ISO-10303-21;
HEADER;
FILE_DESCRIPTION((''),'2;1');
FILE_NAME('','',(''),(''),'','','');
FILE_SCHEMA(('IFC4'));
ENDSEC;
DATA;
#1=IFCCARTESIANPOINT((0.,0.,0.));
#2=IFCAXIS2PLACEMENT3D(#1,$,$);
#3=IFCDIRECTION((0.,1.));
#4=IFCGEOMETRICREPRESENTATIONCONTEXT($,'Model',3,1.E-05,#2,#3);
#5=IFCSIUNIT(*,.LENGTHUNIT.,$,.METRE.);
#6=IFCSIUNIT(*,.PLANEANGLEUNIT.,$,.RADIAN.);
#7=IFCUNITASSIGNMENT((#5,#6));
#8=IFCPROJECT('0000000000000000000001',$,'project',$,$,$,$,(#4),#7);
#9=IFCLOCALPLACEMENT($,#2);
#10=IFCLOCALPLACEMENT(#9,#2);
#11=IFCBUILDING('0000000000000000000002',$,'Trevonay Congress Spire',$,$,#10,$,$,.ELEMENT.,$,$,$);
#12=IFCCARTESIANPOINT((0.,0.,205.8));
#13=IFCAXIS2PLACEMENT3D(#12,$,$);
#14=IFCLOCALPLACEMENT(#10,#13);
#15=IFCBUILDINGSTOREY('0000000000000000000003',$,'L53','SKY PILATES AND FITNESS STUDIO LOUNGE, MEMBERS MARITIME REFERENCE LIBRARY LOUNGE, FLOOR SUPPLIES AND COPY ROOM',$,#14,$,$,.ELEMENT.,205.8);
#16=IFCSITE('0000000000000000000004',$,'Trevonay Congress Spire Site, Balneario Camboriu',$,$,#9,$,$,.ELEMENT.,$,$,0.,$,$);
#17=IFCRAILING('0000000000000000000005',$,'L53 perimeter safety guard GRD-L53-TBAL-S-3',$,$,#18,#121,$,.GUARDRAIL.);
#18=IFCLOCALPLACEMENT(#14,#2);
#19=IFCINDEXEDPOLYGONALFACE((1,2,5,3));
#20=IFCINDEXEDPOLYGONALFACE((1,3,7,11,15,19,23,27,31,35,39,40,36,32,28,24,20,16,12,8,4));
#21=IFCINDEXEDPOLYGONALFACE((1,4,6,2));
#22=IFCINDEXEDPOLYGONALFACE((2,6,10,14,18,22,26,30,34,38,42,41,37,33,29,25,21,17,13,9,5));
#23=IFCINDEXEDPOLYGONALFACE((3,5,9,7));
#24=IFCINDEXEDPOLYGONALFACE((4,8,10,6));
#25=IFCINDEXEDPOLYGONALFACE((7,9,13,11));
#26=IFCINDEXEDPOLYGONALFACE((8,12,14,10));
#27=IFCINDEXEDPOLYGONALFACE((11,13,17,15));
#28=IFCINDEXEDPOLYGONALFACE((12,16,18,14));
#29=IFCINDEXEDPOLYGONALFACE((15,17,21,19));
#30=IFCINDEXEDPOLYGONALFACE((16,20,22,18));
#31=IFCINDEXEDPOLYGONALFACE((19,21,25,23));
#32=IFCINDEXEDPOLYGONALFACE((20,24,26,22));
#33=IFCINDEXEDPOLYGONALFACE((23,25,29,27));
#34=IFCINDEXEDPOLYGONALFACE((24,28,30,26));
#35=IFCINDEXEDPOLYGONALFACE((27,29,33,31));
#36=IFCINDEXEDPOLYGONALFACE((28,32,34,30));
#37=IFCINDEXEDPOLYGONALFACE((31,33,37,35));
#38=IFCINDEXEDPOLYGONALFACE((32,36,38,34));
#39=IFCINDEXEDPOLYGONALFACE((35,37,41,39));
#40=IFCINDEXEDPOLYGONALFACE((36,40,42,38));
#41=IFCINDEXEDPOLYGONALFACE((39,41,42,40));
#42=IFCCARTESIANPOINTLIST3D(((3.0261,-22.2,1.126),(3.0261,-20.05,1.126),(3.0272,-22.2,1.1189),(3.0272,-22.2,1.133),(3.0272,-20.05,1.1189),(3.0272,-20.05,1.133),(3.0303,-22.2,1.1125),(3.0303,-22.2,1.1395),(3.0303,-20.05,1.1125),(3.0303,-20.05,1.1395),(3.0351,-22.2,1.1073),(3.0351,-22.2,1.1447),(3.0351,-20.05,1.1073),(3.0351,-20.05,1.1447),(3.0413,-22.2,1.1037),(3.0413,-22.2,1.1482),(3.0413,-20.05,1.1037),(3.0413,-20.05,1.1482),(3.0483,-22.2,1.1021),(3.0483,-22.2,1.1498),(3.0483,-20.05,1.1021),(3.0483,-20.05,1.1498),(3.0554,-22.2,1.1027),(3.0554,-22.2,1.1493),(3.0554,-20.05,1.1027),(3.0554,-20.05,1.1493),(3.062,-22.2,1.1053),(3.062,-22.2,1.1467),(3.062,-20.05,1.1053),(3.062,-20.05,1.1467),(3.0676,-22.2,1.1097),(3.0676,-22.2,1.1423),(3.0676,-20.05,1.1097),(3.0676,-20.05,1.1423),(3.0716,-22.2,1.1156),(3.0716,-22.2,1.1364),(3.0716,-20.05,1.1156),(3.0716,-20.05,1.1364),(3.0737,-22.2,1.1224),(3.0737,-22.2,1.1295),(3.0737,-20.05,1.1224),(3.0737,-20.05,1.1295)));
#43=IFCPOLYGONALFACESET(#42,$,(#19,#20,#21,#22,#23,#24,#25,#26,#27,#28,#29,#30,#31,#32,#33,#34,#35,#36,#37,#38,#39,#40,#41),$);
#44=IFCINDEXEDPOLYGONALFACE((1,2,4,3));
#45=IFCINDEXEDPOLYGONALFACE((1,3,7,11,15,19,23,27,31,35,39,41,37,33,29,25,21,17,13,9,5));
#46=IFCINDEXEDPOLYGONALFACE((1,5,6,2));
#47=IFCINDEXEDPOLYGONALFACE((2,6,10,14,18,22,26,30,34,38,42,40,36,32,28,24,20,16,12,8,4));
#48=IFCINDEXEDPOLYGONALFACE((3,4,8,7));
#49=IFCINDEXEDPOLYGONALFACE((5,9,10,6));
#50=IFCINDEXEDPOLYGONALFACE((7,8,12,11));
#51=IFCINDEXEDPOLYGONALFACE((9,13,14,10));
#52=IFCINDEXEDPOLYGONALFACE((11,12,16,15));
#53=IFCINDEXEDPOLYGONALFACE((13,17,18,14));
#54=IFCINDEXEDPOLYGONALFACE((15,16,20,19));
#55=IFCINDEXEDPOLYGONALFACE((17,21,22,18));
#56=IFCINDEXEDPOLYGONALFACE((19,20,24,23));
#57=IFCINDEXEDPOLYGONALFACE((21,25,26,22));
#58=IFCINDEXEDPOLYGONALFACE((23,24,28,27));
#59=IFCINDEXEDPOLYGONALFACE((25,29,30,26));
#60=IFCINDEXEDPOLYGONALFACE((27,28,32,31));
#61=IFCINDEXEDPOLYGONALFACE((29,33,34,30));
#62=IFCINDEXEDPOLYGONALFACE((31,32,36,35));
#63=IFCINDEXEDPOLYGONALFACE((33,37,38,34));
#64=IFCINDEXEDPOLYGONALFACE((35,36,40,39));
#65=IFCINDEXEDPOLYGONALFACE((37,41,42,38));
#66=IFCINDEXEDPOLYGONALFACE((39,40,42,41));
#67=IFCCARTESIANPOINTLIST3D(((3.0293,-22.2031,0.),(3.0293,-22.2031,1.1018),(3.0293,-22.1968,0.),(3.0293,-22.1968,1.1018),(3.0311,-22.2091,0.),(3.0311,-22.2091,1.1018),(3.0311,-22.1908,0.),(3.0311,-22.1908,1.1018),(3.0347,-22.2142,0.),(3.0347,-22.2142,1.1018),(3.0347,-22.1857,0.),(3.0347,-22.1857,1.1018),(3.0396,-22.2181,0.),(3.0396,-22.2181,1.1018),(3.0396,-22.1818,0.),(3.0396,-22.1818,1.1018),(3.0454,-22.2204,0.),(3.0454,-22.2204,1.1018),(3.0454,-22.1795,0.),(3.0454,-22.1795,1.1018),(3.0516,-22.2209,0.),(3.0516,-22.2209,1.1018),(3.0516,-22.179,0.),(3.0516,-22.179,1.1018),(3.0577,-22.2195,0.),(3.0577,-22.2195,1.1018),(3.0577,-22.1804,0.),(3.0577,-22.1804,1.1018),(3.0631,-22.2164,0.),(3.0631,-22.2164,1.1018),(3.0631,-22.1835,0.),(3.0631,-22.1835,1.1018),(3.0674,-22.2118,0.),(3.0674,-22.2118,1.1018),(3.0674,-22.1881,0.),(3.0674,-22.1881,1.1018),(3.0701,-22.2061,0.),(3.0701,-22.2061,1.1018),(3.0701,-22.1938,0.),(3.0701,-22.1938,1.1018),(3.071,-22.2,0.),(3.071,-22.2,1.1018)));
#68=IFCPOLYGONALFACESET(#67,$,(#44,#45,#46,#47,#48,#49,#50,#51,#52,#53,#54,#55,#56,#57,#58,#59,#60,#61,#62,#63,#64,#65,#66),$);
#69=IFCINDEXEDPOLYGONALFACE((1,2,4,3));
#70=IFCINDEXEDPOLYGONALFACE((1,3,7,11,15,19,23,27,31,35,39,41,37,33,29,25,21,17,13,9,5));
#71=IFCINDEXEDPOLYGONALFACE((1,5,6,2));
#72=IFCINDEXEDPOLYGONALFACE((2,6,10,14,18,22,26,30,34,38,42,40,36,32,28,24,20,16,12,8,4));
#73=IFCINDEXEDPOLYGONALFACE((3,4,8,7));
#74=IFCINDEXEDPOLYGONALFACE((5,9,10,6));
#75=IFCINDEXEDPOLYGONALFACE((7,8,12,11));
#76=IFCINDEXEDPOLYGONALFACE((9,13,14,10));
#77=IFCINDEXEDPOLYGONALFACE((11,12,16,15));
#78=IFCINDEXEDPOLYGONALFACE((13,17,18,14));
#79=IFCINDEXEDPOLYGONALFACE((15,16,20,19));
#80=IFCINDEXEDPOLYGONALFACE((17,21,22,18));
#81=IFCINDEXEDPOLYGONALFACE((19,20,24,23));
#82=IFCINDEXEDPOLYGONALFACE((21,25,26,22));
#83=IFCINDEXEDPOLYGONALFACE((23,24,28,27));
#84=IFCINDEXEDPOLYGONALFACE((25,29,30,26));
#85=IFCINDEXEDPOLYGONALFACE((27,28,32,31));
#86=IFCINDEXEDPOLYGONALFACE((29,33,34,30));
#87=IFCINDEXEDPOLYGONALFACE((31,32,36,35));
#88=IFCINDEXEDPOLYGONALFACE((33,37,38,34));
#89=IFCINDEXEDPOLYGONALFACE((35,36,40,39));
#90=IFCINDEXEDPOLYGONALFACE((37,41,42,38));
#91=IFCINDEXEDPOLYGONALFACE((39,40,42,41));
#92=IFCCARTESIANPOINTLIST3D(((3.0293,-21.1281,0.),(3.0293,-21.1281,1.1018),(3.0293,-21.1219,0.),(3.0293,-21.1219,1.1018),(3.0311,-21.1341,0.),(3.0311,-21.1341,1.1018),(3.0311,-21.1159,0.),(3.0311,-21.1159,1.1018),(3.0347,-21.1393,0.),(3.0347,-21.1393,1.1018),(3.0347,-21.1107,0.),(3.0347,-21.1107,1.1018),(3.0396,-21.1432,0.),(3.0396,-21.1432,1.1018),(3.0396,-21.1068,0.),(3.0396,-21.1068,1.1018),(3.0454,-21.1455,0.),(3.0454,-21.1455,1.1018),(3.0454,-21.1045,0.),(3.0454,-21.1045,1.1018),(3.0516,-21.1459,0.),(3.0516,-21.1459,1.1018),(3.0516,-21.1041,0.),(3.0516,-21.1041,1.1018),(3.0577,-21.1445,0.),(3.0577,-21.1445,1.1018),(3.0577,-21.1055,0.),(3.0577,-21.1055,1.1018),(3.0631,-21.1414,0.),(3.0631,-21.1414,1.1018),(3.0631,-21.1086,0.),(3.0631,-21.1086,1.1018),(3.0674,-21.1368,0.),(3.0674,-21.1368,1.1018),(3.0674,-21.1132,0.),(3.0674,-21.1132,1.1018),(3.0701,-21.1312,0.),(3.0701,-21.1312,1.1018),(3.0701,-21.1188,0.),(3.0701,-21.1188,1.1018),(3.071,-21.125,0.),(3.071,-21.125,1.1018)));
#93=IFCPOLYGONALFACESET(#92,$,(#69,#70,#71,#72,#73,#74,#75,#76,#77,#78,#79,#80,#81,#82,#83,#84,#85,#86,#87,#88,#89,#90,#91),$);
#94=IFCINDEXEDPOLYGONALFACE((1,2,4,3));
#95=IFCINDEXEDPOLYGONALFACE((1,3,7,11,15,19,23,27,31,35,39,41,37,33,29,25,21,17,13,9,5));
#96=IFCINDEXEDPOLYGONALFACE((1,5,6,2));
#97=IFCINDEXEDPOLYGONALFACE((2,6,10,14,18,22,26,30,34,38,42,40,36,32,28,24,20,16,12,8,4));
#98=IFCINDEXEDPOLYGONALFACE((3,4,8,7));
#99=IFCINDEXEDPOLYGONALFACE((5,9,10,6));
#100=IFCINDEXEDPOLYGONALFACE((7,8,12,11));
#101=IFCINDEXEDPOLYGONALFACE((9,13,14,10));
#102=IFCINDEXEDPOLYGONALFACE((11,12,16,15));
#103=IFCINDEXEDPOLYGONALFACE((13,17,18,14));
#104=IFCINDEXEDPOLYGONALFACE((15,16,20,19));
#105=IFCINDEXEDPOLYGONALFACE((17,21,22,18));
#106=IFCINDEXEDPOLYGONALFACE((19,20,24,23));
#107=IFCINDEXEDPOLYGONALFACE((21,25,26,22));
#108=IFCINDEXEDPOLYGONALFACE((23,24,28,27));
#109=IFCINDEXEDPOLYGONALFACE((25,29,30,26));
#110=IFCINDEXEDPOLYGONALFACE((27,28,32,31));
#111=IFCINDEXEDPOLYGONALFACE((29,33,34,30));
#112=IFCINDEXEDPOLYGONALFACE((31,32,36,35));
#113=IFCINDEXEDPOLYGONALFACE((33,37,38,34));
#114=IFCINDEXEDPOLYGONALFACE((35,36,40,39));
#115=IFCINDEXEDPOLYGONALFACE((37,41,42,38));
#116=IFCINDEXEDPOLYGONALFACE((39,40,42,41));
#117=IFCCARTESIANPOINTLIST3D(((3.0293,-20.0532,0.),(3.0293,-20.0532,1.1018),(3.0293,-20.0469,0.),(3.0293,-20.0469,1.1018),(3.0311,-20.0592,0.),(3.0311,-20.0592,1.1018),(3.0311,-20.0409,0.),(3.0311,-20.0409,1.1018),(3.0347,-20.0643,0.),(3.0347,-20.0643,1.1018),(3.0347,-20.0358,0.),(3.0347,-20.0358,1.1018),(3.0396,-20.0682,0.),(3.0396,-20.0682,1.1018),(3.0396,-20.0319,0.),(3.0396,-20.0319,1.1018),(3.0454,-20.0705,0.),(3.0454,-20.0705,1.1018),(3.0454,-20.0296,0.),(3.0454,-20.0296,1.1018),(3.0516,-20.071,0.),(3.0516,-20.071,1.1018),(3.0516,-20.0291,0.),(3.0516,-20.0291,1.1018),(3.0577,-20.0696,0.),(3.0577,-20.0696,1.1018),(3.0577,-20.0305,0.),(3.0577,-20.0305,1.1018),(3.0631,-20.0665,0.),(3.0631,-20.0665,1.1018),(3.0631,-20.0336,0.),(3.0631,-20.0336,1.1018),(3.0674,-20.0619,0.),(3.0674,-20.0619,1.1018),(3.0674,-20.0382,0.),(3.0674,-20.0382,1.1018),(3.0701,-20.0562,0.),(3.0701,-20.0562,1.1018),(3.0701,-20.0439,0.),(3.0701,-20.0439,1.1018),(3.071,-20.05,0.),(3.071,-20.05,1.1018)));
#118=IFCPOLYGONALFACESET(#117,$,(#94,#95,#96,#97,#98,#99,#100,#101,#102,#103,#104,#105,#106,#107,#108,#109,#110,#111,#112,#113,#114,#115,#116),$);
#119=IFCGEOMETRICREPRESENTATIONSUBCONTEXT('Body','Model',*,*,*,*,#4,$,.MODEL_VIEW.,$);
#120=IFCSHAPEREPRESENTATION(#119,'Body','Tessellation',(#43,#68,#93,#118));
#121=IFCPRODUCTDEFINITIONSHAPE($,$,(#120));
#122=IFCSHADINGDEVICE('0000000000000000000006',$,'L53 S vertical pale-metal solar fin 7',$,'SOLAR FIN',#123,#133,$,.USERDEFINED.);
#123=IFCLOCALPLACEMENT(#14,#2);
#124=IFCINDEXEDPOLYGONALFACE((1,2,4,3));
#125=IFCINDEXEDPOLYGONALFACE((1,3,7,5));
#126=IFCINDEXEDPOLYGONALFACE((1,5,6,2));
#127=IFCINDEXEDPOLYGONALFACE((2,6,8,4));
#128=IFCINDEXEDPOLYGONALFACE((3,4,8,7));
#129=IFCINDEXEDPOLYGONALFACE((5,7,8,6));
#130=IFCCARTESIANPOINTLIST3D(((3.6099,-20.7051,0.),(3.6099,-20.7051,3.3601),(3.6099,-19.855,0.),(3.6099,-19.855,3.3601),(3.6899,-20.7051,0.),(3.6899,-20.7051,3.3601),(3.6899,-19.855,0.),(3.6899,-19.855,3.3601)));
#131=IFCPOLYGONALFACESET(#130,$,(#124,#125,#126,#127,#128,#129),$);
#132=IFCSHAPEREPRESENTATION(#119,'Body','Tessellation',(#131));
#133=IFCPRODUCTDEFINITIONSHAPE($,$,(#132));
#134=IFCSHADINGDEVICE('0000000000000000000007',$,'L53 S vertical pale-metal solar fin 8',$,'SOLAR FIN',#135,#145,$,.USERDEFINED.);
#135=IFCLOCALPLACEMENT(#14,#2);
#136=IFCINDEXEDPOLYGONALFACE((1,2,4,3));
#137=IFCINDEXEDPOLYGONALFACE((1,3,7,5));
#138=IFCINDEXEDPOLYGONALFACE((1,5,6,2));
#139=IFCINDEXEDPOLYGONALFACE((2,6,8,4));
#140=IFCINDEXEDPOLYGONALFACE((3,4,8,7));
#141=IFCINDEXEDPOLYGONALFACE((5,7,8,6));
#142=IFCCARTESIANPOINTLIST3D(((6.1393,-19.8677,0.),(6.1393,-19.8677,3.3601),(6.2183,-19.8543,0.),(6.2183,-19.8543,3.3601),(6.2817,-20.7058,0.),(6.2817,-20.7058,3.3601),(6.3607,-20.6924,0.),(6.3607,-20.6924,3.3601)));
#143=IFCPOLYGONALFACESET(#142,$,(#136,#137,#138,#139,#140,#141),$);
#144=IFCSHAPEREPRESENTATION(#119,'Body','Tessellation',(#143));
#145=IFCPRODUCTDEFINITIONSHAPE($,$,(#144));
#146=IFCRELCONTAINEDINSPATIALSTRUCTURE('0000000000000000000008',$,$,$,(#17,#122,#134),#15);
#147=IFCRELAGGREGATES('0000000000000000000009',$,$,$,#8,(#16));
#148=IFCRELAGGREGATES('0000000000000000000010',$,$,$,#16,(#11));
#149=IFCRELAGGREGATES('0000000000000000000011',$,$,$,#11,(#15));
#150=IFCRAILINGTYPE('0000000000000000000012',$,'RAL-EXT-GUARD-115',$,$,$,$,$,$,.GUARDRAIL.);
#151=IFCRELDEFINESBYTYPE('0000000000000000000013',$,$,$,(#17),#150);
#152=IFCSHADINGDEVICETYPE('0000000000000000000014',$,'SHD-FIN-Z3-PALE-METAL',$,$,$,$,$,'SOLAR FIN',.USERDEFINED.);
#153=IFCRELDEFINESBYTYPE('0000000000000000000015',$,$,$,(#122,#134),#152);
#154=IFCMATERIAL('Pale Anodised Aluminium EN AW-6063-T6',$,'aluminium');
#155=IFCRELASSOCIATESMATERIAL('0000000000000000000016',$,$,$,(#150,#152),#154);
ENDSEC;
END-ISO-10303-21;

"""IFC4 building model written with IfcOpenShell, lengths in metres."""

from ifc_helpers import new_model, si_unit, direction, frame, origin, origin_2d, place, context, subcontext, project, spatial, rectangle, circle, extrude, material, type_object, element, save


model = new_model("IFC4")

# Units and contexts
model_context = context("Model", 3, precision=1e-05, world=origin(), true_north=direction((0.0, 1.0)))
body_context = subcontext(model_context, "Body", "Model", "MODEL_VIEW")
ifc_project = project(units=[si_unit("LENGTHUNIT", "METRE"), si_unit("PLANEANGLEUNIT", "RADIAN")], contexts=[model_context])

# Site, building, storey
site_placement = place(None, origin())
site = spatial("IfcSite", under=ifc_project, at=site_placement, Name="Trevonay Congress Spire Site, Balneario Camboriu", CompositionType="ELEMENT", RefElevation=0.0)
building_placement = place(site_placement, origin())
building = spatial("IfcBuilding", under=site, at=building_placement, Name="Trevonay Congress Spire", CompositionType="ELEMENT")
storey_placement = place(building_placement, frame((0.0, 0.0, 205.8)))
storey = spatial("IfcBuildingStorey", under=building, at=storey_placement, Name="L53", Description="SKY PILATES AND FITNESS STUDIO LOUNGE, MEMBERS MARITIME REFERENCE LIBRARY LOUNGE, FLOOR SUPPLIES AND COPY ROOM", CompositionType="ELEMENT", Elevation=205.8)

# Shared definitions
ifc_material_1 = material(Name="Pale Anodised Aluminium EN AW-6063-T6", Category="aluminium")

# Railing
railing_type = type_object("IfcRailingType", Name="RAL-EXT-GUARD-115", PredefinedType="GUARDRAIL", material=ifc_material_1)
railing_placement = place(storey_placement, frame((3.05, -22.2, 0.0)))
element("IfcRailing", 1, at=railing_placement, inside=storey, type_object=railing_type, Name="L53 perimeter safety guard GRD-L53-TBAL-S-3", PredefinedType="GUARDRAIL", context=body_context, shape_type="SweptSolid", body=[
    extrude(circle(Radius=0.0239, at=origin_2d()), frame((0.0, 0.0, 1.126), z_axis=(0.0, 1.0, 0.0), x_axis=(-1.0, 0.0, 0.0)), (0.0, 0.0, 1.0), 2.1499),
    extrude(circle(Radius=0.021, at=origin_2d()), origin(), (0.0, 0.0, 1.0), 1.1018),
    extrude(circle(Radius=0.021, at=origin_2d()), frame((0.0, 1.075, 0.0)), (0.0, 0.0, 1.0), 1.1018),
    extrude(circle(Radius=0.021, at=origin_2d()), frame((0.0, 2.1499, 0.0)), (0.0, 0.0, 1.0), 1.1018),
])

# Shading devices
shading_device_type = type_object("IfcShadingDeviceType", Name="SHD-FIN-Z3-PALE-METAL", ElementType="SOLAR FIN", PredefinedType="USERDEFINED", material=ifc_material_1)
for number, where, z_axis, x_axis, name in (
    (2, (3.6499, -20.28, 0.0), (0.0, 0.0, 1.0), (1.0, 0.0, 0.0), "L53 S vertical pale-metal solar fin 7"),
    (3, (6.25, -20.28, 0.0), (0.0, 0.0, 1.0), (0.985879, 0.167457, 0.0), "L53 S vertical pale-metal solar fin 8"),
):
    element("IfcShadingDevice", number, at=place(storey_placement, frame(where, z_axis=z_axis, x_axis=x_axis)), inside=storey, type_object=shading_device_type, Name=name, ObjectType="SOLAR FIN", PredefinedType="USERDEFINED", context=body_context, shape_type="SweptSolid", body=[
        extrude(rectangle(XDim=0.0801, YDim=0.8501, at=origin_2d()), origin(), (0.0, 0.0, 1.0), 3.3601),
    ])

save(model, "model.ifc")
